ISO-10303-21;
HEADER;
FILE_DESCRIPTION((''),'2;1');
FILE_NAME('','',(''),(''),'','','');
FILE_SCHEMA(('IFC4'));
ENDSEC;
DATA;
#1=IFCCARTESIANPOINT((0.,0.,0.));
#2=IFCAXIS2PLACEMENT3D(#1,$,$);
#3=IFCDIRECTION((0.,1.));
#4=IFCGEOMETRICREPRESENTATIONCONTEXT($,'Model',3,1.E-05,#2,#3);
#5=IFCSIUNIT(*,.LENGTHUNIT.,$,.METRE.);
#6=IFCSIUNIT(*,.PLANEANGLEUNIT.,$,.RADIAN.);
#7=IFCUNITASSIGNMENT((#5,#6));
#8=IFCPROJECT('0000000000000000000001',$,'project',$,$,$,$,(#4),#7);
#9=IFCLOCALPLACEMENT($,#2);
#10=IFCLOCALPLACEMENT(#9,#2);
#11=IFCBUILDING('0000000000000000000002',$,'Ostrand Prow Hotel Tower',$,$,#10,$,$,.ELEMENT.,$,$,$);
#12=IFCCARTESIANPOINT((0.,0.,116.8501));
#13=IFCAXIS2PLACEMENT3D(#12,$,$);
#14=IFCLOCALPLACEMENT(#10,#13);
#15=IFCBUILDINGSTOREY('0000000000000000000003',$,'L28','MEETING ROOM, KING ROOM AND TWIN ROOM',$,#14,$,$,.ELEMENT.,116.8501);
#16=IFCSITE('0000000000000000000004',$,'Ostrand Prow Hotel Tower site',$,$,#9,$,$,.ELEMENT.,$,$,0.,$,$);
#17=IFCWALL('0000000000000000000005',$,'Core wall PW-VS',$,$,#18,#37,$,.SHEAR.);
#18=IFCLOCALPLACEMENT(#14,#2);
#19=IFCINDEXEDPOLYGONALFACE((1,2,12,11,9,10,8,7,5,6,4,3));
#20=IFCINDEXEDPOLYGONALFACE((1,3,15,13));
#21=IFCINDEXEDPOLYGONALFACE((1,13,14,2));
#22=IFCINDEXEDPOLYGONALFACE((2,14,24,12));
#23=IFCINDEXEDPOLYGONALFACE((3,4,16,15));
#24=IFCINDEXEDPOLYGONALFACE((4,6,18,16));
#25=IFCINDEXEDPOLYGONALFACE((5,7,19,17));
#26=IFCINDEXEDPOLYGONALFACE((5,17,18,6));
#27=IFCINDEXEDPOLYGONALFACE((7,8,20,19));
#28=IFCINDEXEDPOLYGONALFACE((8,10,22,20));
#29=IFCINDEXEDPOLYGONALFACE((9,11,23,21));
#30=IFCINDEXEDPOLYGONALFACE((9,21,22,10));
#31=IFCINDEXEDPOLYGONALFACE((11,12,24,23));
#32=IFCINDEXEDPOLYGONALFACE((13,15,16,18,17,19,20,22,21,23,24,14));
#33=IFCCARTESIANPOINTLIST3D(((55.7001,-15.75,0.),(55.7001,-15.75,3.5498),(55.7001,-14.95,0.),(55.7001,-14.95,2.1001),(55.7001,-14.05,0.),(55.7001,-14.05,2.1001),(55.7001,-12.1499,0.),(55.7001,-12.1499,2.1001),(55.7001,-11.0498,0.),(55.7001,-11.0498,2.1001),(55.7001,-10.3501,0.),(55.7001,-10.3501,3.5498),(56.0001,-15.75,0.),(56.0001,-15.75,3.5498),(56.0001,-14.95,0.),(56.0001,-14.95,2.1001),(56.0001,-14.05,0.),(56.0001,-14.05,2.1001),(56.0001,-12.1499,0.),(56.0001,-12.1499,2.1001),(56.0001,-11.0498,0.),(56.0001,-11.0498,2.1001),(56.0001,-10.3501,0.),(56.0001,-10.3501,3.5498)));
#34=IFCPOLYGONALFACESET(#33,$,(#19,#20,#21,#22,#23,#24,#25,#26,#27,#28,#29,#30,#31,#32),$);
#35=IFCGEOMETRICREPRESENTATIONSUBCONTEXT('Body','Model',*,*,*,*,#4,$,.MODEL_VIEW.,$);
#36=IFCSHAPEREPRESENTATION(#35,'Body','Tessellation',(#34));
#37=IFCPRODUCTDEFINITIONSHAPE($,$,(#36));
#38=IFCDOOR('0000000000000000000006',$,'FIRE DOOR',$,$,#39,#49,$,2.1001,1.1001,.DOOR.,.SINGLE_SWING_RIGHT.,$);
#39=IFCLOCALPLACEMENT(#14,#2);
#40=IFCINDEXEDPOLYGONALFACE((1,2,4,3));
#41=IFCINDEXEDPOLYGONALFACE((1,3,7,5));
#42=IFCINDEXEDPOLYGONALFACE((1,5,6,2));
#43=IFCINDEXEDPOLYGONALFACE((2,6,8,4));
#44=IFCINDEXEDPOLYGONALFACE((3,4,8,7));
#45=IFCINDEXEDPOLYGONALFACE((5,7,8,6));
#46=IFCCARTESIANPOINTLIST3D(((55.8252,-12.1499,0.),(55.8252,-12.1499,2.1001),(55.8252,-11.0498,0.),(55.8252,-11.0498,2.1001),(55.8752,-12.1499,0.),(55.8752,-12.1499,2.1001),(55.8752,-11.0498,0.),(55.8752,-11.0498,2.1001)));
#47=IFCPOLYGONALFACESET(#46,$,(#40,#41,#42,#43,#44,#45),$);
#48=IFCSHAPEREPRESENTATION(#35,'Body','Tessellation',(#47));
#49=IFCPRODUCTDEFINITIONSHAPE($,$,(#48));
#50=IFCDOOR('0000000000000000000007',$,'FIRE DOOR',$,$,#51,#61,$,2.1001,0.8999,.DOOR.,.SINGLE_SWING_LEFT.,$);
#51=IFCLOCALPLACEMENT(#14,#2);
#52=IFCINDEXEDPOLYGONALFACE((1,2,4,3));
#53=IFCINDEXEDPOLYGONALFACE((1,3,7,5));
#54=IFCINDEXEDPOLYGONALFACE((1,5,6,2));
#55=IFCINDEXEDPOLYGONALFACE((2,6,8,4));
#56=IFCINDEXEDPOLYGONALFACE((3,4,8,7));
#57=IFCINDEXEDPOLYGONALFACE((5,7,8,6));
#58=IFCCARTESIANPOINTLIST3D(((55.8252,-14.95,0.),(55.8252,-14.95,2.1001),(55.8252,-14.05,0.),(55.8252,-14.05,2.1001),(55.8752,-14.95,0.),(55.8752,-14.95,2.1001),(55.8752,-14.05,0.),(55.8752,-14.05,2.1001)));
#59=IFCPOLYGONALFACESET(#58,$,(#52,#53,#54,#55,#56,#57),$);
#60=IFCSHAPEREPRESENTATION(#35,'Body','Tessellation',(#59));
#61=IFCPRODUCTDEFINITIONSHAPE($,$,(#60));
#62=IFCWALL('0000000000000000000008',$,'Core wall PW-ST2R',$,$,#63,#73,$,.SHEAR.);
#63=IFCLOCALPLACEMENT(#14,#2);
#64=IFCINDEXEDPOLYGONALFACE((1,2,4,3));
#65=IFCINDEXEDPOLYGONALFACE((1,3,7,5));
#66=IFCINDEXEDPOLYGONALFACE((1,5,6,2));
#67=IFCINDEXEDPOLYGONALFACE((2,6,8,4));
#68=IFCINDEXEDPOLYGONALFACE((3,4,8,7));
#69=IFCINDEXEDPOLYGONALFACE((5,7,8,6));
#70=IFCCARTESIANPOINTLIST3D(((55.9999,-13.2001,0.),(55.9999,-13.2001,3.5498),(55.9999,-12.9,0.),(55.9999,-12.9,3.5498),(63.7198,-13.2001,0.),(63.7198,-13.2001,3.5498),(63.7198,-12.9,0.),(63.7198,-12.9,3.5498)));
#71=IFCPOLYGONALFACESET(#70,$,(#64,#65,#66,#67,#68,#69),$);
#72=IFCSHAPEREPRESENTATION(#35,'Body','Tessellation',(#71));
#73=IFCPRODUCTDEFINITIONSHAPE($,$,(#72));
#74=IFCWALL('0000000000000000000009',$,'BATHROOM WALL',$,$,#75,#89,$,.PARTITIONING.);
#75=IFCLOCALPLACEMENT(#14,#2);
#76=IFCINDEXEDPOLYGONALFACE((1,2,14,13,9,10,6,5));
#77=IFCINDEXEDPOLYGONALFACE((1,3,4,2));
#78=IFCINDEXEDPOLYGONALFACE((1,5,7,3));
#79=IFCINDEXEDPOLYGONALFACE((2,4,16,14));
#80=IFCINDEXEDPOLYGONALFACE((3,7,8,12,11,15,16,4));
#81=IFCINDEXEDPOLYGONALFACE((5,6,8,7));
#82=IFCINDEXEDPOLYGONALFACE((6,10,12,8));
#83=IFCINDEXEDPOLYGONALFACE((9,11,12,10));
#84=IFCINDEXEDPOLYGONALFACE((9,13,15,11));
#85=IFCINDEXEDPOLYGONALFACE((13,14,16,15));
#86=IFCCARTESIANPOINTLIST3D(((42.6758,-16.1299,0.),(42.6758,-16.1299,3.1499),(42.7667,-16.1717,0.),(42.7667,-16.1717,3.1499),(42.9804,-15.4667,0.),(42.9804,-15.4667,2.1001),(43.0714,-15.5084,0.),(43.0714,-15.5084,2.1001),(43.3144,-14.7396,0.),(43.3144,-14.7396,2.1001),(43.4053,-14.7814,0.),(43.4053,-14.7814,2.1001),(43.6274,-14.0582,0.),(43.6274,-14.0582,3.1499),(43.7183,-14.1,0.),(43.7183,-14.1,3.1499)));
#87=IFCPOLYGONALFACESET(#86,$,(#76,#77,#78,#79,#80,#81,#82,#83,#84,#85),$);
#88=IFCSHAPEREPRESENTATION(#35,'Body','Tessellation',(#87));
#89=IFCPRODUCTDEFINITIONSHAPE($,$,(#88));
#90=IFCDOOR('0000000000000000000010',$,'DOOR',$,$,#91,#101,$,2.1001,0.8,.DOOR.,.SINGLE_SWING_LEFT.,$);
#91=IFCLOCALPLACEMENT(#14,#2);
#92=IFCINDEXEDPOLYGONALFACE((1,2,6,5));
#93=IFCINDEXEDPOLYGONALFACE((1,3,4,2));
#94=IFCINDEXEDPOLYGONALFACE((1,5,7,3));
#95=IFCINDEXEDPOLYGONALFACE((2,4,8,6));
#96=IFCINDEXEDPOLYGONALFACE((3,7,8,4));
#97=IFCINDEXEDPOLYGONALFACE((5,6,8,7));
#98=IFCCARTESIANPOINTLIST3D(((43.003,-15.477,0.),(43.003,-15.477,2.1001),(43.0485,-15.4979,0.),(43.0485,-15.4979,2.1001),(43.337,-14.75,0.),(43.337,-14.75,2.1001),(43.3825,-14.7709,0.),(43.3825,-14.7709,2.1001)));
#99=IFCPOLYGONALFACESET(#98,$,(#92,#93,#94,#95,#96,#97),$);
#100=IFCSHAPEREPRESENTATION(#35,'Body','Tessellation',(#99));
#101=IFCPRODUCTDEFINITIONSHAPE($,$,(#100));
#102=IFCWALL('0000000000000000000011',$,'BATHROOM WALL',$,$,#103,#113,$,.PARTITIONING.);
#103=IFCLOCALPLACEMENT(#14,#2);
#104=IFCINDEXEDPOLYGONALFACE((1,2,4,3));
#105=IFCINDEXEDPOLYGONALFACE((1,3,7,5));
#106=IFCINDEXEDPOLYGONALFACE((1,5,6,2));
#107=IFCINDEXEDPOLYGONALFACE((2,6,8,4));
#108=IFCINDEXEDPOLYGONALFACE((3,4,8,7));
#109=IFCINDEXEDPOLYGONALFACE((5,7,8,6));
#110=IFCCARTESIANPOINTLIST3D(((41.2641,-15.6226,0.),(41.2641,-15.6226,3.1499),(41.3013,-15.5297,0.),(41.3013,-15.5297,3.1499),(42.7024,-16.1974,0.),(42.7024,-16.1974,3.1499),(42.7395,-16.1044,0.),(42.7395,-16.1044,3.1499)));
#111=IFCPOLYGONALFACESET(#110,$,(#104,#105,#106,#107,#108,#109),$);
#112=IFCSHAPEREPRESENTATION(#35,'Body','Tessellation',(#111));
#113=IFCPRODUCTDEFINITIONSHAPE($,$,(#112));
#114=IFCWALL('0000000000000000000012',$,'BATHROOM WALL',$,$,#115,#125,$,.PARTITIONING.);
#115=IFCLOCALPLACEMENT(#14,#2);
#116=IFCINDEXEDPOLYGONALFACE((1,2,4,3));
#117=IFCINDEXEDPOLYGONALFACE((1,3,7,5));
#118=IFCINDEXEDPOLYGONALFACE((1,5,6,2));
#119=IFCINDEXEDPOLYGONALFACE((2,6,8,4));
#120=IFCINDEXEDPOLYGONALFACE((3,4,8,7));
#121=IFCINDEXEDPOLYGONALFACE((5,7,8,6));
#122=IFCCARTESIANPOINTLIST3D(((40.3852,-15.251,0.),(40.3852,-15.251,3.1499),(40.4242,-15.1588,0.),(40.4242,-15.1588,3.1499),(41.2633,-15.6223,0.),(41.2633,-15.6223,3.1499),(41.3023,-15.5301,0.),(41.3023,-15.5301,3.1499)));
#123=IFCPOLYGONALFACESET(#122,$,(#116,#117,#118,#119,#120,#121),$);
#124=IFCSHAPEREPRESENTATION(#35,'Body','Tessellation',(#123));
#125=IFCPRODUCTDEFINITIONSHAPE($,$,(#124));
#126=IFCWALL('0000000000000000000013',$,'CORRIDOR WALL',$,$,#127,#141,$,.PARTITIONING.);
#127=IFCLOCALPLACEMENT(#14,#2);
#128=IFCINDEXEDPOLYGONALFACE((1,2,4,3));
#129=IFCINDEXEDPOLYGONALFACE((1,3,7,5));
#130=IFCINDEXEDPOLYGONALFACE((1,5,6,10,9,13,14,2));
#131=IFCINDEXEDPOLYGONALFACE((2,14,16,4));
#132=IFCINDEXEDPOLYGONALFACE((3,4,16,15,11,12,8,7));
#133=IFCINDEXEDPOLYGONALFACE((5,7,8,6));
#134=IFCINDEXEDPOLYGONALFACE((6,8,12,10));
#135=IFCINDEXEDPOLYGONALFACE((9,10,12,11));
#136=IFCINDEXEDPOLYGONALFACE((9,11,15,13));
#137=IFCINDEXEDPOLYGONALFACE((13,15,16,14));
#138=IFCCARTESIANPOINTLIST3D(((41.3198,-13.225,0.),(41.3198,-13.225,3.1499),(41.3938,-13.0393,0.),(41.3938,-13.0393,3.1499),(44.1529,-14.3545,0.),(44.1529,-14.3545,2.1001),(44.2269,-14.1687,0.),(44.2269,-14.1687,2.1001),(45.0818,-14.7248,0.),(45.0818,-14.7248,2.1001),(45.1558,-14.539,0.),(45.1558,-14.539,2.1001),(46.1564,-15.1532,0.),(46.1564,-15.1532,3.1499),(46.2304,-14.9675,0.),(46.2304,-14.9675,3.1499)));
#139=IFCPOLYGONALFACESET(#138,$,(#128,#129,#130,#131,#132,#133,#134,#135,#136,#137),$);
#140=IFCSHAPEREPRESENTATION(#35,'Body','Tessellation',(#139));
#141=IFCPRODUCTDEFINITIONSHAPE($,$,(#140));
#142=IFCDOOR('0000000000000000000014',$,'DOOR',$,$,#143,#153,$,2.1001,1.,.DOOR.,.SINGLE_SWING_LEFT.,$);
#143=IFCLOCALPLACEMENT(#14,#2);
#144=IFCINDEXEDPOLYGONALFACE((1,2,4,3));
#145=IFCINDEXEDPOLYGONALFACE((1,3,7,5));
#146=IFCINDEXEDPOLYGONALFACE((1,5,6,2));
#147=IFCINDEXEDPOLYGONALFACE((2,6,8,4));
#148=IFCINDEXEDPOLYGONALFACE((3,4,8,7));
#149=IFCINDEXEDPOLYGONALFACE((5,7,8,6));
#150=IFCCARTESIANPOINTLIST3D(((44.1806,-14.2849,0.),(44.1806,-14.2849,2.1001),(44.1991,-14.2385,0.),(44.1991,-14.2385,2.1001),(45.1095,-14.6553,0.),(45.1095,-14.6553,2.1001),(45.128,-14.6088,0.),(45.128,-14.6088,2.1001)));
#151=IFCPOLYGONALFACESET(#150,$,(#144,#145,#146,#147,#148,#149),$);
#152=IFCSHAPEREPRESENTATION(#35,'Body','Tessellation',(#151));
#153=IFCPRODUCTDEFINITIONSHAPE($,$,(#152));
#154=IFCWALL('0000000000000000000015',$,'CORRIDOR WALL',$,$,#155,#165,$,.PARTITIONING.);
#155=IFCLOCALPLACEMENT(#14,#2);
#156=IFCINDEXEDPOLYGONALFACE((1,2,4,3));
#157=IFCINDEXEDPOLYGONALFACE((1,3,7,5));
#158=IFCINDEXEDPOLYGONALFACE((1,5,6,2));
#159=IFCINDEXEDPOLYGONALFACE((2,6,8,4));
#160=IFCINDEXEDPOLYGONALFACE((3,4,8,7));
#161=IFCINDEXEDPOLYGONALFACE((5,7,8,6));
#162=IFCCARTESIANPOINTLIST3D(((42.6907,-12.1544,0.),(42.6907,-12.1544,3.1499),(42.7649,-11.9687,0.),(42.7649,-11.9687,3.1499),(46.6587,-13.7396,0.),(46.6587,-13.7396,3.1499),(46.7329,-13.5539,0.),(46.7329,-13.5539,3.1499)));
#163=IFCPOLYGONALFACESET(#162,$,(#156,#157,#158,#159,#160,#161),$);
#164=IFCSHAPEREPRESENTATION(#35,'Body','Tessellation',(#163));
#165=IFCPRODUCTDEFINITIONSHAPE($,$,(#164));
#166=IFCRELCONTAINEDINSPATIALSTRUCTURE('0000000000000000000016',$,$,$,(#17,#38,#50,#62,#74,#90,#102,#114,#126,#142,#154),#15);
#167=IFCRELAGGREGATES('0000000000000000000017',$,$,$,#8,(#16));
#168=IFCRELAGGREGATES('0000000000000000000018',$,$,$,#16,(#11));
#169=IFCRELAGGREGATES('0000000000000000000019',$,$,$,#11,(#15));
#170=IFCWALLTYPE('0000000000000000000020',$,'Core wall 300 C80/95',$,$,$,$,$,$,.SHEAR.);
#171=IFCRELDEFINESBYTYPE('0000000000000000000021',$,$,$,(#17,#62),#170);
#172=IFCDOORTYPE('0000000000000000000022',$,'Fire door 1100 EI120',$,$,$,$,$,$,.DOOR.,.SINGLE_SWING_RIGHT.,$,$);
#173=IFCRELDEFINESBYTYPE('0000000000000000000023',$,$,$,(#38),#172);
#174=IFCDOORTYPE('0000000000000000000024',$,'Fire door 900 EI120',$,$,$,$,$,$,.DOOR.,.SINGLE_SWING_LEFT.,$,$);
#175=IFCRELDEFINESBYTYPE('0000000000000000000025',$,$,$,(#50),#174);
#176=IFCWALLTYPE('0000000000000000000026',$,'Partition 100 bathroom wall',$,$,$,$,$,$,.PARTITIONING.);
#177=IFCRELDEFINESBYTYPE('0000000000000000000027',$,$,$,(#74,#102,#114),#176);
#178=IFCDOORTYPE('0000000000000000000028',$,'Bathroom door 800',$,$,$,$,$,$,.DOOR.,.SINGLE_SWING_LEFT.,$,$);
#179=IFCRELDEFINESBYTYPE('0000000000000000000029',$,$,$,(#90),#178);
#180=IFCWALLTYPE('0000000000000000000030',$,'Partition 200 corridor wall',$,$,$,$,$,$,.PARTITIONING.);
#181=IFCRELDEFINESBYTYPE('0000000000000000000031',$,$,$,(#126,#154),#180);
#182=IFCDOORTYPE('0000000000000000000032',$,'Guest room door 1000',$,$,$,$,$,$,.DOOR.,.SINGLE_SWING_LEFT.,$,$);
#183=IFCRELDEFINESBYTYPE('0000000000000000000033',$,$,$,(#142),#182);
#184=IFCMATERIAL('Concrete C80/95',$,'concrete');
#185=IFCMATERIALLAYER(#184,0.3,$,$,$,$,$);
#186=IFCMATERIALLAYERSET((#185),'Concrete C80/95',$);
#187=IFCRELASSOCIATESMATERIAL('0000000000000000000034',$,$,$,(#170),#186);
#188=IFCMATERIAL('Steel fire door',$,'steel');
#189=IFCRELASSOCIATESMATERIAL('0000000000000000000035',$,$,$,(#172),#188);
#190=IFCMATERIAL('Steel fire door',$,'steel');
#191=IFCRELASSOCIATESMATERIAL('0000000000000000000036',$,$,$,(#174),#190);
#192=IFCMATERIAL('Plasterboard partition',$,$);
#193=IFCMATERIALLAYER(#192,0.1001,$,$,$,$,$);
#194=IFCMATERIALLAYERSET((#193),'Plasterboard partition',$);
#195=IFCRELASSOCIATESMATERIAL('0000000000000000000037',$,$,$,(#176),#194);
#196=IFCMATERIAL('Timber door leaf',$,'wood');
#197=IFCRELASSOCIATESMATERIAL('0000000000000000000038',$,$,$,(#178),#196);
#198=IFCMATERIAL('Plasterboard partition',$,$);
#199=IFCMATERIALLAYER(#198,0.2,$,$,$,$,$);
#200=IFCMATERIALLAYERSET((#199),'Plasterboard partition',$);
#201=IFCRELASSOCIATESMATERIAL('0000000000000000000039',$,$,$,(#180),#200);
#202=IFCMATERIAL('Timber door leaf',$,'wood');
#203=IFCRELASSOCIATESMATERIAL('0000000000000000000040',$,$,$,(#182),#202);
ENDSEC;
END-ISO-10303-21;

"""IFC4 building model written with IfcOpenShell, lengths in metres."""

from ifc_helpers import new_model, si_unit, direction, frame, frame_2d, origin, place, context, subcontext, project, spatial, rectangle, extrude, material, layer, layer_set, type_object, element, fill, save


model = new_model("IFC4")

# Units and contexts
model_context = context("Model", 3, precision=1e-05, world=origin(), true_north=direction((0.0, 1.0)))
body_context = subcontext(model_context, "Body", "Model", "MODEL_VIEW")
ifc_project = project(units=[si_unit("LENGTHUNIT", "METRE"), si_unit("PLANEANGLEUNIT", "RADIAN")], contexts=[model_context])

# Site, building, storey
site_placement = place(None, origin())
site = spatial("IfcSite", under=ifc_project, at=site_placement, Name="Ostrand Prow Hotel Tower site", CompositionType="ELEMENT", RefElevation=0.0)
building_placement = place(site_placement, origin())
building = spatial("IfcBuilding", under=site, at=building_placement, Name="Ostrand Prow Hotel Tower", CompositionType="ELEMENT")
storey_placement = place(building_placement, frame((0.0, 0.0, 116.8501)))
storey = spatial("IfcBuildingStorey", under=building, at=storey_placement, Name="L28", Description="MEETING ROOM, KING ROOM AND TWIN ROOM", CompositionType="ELEMENT", Elevation=116.8501)

# Wall, openings, doors
ifc_material_1 = material(Name="Concrete C80/95", Category="concrete")
ifc_layer_1 = layer(ifc_material_1, 0.3)
ifc_layer_set_1 = layer_set([ifc_layer_1], Name="Concrete C80/95")
wall_type_1 = type_object("IfcWallType", Name="Core wall 300 C80/95", PredefinedType="SHEAR", material=ifc_layer_set_1)
wall_1_placement = place(storey_placement, frame((55.8501, -15.75, 0.0), z_axis=(0.0, 0.0, 1.0), x_axis=(0.0, 1.0, 0.0)))
wall_1 = element("IfcWall", 1, at=wall_1_placement, inside=storey, type_object=wall_type_1, Name="Core wall PW-VS", PredefinedType="SHEAR", context=body_context, shape_type="SweptSolid", body=[
    extrude(rectangle(XDim=5.3999, YDim=0.3, at=frame_2d((2.7, 0.0))), origin(), (0.0, 0.0, 1.0), 3.5498),
])
opening_1_placement = place(wall_1_placement, frame((3.6001, 0.0, 0.0)))
opening_1 = element("IfcOpeningElement", 2, at=opening_1_placement, cuts=wall_1, PredefinedType="OPENING", context=body_context, shape_type="SweptSolid", body=[
    extrude(rectangle(XDim=1.1001, YDim=2.1001, at=frame_2d((0.55, 1.05))), frame((0.0, 0.1599, 0.0), z_axis=(0.0, -1.0, 0.0), x_axis=(1.0, 0.0, 0.0)), (0.0, 0.0, 1.0), 0.3201),
])
opening_2_placement = place(wall_1_placement, frame((0.8, 0.0, 0.0)))
opening_2 = element("IfcOpeningElement", 3, at=opening_2_placement, cuts=wall_1, PredefinedType="OPENING", context=body_context, shape_type="SweptSolid", body=[
    extrude(rectangle(XDim=0.8999, YDim=2.1001, at=frame_2d((0.45, 1.05))), frame((0.0, 0.1599, 0.0), z_axis=(0.0, -1.0, 0.0), x_axis=(1.0, 0.0, 0.0)), (0.0, 0.0, 1.0), 0.3201),
])
ifc_material_2 = material(Name="Steel fire door", Category="steel")
door_type_1 = type_object("IfcDoorType", Name="Fire door 1100 EI120", OperationType="SINGLE_SWING_RIGHT", PredefinedType="DOOR", material=ifc_material_2)
door_1_placement = place(opening_1_placement, origin())
door_1 = element("IfcDoor", 4, at=door_1_placement, inside=storey, type_object=door_type_1, Name="FIRE DOOR", OperationType="SINGLE_SWING_RIGHT", OverallHeight=2.1001, OverallWidth=1.1001, PredefinedType="DOOR", context=body_context, shape_type="SweptSolid", body=[
    extrude(rectangle(XDim=1.1001, YDim=2.1001, at=frame_2d((0.55, 1.05))), frame((0.0, 0.0249, 0.0), z_axis=(0.0, -1.0, 0.0), x_axis=(1.0, 0.0, 0.0)), (0.0, 0.0, 1.0), 0.05),
])
fill(opening_1, door_1)
ifc_material_3 = material(Name="Steel fire door", Category="steel")
door_type_2 = type_object("IfcDoorType", Name="Fire door 900 EI120", OperationType="SINGLE_SWING_LEFT", PredefinedType="DOOR", material=ifc_material_3)
door_2_placement = place(opening_2_placement, origin())
door_2 = element("IfcDoor", 5, at=door_2_placement, inside=storey, type_object=door_type_2, Name="FIRE DOOR", OperationType="SINGLE_SWING_LEFT", OverallHeight=2.1001, OverallWidth=0.8999, PredefinedType="DOOR", context=body_context, shape_type="SweptSolid", body=[
    extrude(rectangle(XDim=0.8999, YDim=2.1001, at=frame_2d((0.45, 1.05))), frame((0.0, 0.0249, 0.0), z_axis=(0.0, -1.0, 0.0), x_axis=(1.0, 0.0, 0.0)), (0.0, 0.0, 1.0), 0.05),
])
fill(opening_2, door_2)

# Wall
wall_2_placement = place(storey_placement, frame((56.0, -13.05, 0.0), z_axis=(0.0, 0.0, 1.0), x_axis=(1.0, 0.0, 0.0)))
element("IfcWall", 6, at=wall_2_placement, inside=storey, type_object=wall_type_1, Name="Core wall PW-ST2R", PredefinedType="SHEAR", context=body_context, shape_type="SweptSolid", body=[
    extrude(rectangle(XDim=7.72, YDim=0.3, at=frame_2d((3.8599, 0.0))), origin(), (0.0, 0.0, 1.0), 3.5498),
])

# Wall, opening, door
ifc_material_4 = material(Name="Plasterboard partition")
ifc_layer_2 = layer(ifc_material_4, 0.1001)
ifc_layer_set_2 = layer_set([ifc_layer_2], Name="Plasterboard partition")
wall_type_2 = type_object("IfcWallType", Name="Partition 100 bathroom wall", PredefinedType="PARTITIONING", material=ifc_layer_set_2)
wall_3_placement = place(storey_placement, frame((43.6729, -14.0791, 0.0), z_axis=(0.0, 0.0, 1.0), x_axis=(-0.417414, -0.908716, 0.0)))
wall_3 = element("IfcWall", 7, at=wall_3_placement, inside=storey, type_object=wall_type_2, Name="BATHROOM WALL", PredefinedType="PARTITIONING", context=body_context, shape_type="SweptSolid", body=[
    extrude(rectangle(XDim=2.2798, YDim=0.1001, at=frame_2d((1.1399, 0.0))), origin(), (0.0, 0.0, 1.0), 3.1499),
])
opening_3_placement = place(wall_3_placement, frame((0.75, 0.0, 0.0)))
opening_3 = element("IfcOpeningElement", 8, at=opening_3_placement, cuts=wall_3, PredefinedType="OPENING", context=body_context, shape_type="SweptSolid", body=[
    extrude(rectangle(XDim=0.8, YDim=2.1001, at=frame_2d((0.3999, 1.05))), frame((0.0, 0.0601, 0.0), z_axis=(0.0, -1.0, 0.0), x_axis=(1.0, 0.0, 0.0)), (0.0, 0.0, 1.0), 0.1201),
])
ifc_material_5 = material(Name="Timber door leaf", Category="wood")
door_type_3 = type_object("IfcDoorType", Name="Bathroom door 800", OperationType="SINGLE_SWING_LEFT", PredefinedType="DOOR", material=ifc_material_5)
door_3_placement = place(opening_3_placement, origin())
door_3 = element("IfcDoor", 9, at=door_3_placement, inside=storey, type_object=door_type_3, Name="DOOR", OperationType="SINGLE_SWING_LEFT", OverallHeight=2.1001, OverallWidth=0.8, PredefinedType="DOOR", context=body_context, shape_type="SweptSolid", body=[
    extrude(rectangle(XDim=0.8, YDim=2.1001, at=frame_2d((0.3999, 1.05))), frame((0.0, 0.0249, 0.0), z_axis=(0.0, -1.0, 0.0), x_axis=(1.0, 0.0, 0.0)), (0.0, 0.0, 1.0), 0.05),
])
fill(opening_3, door_3)

# Walls
wall_4_placement = place(storey_placement, frame((42.7209, -16.1509, 0.0), z_axis=(0.0, 0.0, 1.0), x_axis=(-0.928607, 0.371065, 0.0)))
element("IfcWall", 10, at=wall_4_placement, inside=storey, type_object=wall_type_2, Name="BATHROOM WALL", PredefinedType="PARTITIONING", context=body_context, shape_type="SweptSolid", body=[
    extrude(rectangle(XDim=1.5488, YDim=0.1001, at=frame_2d((0.7744, 0.0))), origin(), (0.0, 0.0, 1.0), 3.1499),
])
wall_5_placement = place(storey_placement, frame((41.2827, -15.5762, 0.0), z_axis=(0.0, 0.0, 1.0), x_axis=(-0.921041, 0.389465, 0.0)))
element("IfcWall", 11, at=wall_5_placement, inside=storey, type_object=wall_type_2, Name="BATHROOM WALL", PredefinedType="PARTITIONING", context=body_context, shape_type="SweptSolid", body=[
    extrude(rectangle(XDim=0.9534, YDim=0.1001, at=frame_2d((0.4766, 0.0))), origin(), (0.0, 0.0, 1.0), 3.1499),
])

# Wall, opening, door
ifc_material_6 = material(Name="Plasterboard partition")
ifc_layer_3 = layer(ifc_material_6, 0.2)
ifc_layer_set_3 = layer_set([ifc_layer_3], Name="Plasterboard partition")
wall_type_3 = type_object("IfcWallType", Name="Partition 200 corridor wall", PredefinedType="PARTITIONING", material=ifc_layer_set_3)
wall_6_placement = place(storey_placement, frame((41.3567, -13.1321, 0.0), z_axis=(0.0, 0.0, 1.0), x_axis=(0.928903, -0.370323, 0.0)))
wall_6 = element("IfcWall", 12, at=wall_6_placement, inside=storey, type_object=wall_type_3, Name="CORRIDOR WALL", PredefinedType="PARTITIONING", context=body_context, shape_type="SweptSolid", body=[
    extrude(rectangle(XDim=5.2068, YDim=0.2, at=frame_2d((2.6035, 0.0))), origin(), (0.0, 0.0, 1.0), 3.1499),
])
opening_4_placement = place(wall_6_placement, frame((3.05, 0.0, 0.0)))
opening_4 = element("IfcOpeningElement", 13, at=opening_4_placement, cuts=wall_6, PredefinedType="OPENING", context=body_context, shape_type="SweptSolid", body=[
    extrude(rectangle(XDim=1.0, YDim=2.1001, at=frame_2d((0.5, 1.05))), frame((0.0, 0.1099, 0.0), z_axis=(0.0, -1.0, 0.0), x_axis=(1.0, 0.0, 0.0)), (0.0, 0.0, 1.0), 0.22),
])
ifc_material_7 = material(Name="Timber door leaf", Category="wood")
door_type_4 = type_object("IfcDoorType", Name="Guest room door 1000", OperationType="SINGLE_SWING_LEFT", PredefinedType="DOOR", material=ifc_material_7)
door_4_placement = place(opening_4_placement, origin())
door_4 = element("IfcDoor", 14, at=door_4_placement, inside=storey, type_object=door_type_4, Name="DOOR", OperationType="SINGLE_SWING_LEFT", OverallHeight=2.1001, OverallWidth=1.0, PredefinedType="DOOR", context=body_context, shape_type="SweptSolid", body=[
    extrude(rectangle(XDim=1.0, YDim=2.1001, at=frame_2d((0.5, 1.05))), frame((0.0, 0.0249, 0.0), z_axis=(0.0, -1.0, 0.0), x_axis=(1.0, 0.0, 0.0)), (0.0, 0.0, 1.0), 0.05),
])
fill(opening_4, door_4)

# Wall
wall_7_placement = place(storey_placement, frame((46.6958, -13.6467, 0.0), z_axis=(0.0, 0.0, 1.0), x_axis=(-0.928638, 0.370987, 0.0)))
element("IfcWall", 15, at=wall_7_placement, inside=storey, type_object=wall_type_3, Name="CORRIDOR WALL", PredefinedType="PARTITIONING", context=body_context, shape_type="SweptSolid", body=[
    extrude(rectangle(XDim=4.2729, YDim=0.2, at=frame_2d((2.1365, 0.0))), origin(), (0.0, 0.0, 1.0), 3.1499),
])

save(model, "model.ifc")
